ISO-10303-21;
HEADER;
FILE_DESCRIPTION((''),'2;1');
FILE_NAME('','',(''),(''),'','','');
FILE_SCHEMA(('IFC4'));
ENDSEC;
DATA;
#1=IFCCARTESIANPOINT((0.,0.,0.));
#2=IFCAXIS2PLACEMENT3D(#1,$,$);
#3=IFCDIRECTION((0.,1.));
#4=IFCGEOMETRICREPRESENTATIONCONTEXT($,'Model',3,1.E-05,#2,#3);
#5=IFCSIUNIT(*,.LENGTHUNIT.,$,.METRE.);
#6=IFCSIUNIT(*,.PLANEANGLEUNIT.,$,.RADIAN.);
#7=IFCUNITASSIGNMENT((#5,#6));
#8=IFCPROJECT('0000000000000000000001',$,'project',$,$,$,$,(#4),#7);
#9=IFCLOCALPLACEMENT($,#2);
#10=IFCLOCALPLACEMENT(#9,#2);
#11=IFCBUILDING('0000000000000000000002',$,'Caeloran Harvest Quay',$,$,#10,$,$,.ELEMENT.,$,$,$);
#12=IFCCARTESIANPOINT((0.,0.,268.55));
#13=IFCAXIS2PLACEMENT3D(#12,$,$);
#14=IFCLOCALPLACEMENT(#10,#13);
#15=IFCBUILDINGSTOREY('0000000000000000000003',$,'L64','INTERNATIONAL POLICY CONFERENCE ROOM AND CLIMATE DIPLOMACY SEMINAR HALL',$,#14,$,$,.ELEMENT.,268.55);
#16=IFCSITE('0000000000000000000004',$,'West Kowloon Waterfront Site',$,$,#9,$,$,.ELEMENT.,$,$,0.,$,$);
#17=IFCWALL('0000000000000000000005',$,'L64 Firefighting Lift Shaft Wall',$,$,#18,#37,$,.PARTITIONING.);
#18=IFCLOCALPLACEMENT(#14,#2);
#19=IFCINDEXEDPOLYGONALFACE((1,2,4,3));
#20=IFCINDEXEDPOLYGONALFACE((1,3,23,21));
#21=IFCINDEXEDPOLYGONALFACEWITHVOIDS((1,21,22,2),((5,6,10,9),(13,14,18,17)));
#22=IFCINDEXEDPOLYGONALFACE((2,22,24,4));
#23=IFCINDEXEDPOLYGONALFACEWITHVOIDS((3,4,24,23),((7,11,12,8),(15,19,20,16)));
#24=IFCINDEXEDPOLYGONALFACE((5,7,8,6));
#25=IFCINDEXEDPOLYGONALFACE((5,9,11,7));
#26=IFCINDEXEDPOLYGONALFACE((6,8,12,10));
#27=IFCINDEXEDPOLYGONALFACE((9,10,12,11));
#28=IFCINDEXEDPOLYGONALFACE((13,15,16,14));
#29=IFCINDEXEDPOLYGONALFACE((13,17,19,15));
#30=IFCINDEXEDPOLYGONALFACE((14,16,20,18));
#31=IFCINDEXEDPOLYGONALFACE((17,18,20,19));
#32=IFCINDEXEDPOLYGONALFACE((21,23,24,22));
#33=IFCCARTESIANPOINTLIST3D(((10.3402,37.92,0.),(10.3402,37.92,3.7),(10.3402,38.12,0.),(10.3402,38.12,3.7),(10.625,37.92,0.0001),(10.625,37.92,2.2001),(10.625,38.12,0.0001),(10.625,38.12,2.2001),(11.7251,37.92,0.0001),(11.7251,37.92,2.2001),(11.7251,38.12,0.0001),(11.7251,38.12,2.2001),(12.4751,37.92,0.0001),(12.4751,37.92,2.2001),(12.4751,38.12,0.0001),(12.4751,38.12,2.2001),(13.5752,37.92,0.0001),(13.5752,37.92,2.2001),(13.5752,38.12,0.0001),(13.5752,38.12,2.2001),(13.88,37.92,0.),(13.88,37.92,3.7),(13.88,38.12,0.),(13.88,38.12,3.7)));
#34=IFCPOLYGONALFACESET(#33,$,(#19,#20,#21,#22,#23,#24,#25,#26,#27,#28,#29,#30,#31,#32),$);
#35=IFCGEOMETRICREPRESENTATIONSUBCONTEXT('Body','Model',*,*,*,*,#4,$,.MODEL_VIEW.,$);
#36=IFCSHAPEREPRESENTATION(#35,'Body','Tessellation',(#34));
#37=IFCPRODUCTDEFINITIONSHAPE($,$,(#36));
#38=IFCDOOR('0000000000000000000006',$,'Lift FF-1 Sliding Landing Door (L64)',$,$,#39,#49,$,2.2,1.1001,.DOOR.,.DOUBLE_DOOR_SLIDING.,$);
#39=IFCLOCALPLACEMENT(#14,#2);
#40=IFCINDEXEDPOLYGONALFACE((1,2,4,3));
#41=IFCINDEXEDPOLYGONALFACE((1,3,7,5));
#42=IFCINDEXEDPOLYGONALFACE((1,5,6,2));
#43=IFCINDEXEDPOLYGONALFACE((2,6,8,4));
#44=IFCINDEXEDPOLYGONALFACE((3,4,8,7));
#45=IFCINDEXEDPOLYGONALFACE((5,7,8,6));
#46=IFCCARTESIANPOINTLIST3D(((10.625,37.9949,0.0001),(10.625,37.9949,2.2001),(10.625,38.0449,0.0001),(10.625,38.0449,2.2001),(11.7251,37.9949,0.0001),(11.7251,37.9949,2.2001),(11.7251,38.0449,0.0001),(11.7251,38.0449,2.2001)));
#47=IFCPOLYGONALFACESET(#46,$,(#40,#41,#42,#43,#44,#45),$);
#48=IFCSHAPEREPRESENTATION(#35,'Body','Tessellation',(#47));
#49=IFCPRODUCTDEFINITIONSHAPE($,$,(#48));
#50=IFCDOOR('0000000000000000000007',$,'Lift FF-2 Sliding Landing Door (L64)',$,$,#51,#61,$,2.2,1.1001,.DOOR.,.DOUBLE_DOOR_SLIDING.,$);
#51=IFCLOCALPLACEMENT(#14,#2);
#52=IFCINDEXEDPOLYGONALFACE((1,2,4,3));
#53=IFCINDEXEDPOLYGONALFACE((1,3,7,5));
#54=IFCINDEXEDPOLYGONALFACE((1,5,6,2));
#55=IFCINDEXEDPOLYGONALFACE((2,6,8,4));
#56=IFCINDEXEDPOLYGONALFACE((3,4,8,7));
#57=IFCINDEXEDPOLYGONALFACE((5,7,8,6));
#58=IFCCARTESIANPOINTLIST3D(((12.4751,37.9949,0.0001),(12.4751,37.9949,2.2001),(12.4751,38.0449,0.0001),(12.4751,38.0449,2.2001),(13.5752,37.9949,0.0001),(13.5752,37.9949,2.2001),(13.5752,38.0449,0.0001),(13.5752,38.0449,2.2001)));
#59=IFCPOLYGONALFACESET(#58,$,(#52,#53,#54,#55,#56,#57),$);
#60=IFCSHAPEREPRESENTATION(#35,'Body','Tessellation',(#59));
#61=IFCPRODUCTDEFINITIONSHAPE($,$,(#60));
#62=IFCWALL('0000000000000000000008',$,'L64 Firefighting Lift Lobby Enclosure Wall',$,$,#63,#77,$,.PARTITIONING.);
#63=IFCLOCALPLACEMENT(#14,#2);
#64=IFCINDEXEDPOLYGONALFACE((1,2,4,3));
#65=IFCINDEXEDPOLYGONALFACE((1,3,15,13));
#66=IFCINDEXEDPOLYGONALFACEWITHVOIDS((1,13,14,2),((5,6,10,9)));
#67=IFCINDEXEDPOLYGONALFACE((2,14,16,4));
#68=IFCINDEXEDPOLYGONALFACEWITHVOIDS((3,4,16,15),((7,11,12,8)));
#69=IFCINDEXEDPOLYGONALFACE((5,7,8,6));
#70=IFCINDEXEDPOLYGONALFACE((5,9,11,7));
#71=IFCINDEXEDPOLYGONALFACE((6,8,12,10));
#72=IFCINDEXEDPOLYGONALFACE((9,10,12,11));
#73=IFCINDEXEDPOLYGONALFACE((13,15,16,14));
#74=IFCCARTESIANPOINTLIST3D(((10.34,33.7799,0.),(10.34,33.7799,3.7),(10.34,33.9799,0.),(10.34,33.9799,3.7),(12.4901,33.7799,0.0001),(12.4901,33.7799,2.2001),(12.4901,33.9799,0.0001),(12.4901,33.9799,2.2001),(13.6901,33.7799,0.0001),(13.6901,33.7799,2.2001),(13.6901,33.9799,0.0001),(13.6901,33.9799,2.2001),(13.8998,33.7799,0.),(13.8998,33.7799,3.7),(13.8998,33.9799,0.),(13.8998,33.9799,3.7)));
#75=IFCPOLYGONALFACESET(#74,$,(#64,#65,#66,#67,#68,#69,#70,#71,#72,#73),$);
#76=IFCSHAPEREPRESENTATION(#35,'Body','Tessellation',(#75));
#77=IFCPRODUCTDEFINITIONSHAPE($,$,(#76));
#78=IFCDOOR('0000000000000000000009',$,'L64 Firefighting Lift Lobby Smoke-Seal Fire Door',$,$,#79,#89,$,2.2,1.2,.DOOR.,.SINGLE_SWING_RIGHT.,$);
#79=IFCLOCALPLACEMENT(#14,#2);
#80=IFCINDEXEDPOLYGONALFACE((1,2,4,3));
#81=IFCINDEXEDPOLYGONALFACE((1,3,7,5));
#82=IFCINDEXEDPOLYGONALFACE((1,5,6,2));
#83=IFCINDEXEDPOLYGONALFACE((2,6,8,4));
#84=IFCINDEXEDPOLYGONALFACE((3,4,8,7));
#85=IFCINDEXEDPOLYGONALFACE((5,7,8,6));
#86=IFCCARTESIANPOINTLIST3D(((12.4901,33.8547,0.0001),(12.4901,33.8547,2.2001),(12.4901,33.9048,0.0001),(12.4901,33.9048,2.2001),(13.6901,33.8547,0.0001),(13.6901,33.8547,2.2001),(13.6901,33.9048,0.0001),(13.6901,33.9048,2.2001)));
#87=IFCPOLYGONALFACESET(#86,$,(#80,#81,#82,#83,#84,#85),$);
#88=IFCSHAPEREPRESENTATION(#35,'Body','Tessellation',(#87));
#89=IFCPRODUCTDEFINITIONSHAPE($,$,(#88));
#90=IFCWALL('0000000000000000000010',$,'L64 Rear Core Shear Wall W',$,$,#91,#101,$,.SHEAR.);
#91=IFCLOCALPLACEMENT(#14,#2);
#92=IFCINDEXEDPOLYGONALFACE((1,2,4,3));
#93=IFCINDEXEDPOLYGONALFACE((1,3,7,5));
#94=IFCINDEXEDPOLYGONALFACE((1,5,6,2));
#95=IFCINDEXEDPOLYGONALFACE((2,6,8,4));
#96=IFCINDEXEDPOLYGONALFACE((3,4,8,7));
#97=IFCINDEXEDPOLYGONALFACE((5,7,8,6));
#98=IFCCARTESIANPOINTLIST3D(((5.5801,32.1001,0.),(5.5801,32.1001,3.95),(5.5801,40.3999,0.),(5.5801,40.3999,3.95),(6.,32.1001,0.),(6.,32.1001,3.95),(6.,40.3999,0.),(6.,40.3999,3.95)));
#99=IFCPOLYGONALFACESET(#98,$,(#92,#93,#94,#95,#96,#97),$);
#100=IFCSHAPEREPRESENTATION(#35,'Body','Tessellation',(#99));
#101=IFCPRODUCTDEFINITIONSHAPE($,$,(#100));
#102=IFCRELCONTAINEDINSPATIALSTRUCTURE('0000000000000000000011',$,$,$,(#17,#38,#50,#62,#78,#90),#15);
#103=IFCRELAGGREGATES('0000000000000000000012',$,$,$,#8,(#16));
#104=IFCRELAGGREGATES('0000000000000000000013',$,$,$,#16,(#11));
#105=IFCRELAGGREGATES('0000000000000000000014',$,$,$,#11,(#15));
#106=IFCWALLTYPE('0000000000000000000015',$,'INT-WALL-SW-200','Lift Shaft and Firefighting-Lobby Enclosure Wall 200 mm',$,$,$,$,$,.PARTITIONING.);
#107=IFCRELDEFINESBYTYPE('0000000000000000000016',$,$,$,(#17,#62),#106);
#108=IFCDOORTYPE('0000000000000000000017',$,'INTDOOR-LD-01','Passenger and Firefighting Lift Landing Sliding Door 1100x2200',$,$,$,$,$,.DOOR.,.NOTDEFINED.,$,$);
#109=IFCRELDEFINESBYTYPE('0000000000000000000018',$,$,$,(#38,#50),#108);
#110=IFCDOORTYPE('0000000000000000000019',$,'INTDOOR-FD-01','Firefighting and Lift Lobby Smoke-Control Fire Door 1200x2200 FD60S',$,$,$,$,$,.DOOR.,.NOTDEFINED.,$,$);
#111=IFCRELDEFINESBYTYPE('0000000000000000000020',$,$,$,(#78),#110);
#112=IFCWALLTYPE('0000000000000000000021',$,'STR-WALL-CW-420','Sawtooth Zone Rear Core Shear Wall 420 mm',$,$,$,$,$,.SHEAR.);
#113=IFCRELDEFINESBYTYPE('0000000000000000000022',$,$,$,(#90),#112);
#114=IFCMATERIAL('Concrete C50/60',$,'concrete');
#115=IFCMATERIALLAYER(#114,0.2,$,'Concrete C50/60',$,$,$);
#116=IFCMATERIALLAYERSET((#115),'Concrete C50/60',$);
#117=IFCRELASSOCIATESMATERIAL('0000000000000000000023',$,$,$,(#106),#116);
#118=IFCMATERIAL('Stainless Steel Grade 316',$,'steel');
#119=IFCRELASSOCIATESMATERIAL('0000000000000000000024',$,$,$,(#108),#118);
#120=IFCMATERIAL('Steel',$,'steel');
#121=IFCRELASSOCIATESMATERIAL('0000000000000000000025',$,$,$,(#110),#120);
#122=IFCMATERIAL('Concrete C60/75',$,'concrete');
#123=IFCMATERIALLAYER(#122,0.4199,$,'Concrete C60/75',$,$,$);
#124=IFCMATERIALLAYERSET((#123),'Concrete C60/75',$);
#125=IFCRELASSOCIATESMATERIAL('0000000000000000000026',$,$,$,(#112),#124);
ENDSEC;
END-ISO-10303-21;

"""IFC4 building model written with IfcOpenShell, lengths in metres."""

from ifc_helpers import new_model, si_unit, direction, frame, frame_2d, origin, place, context, subcontext, project, spatial, rectangle, extrude, material, layer, layer_set, type_object, element, fill, save


model = new_model("IFC4")

# Units and contexts
model_context = context("Model", 3, precision=1e-05, world=origin(), true_north=direction((0.0, 1.0)))
body_context = subcontext(model_context, "Body", "Model", "MODEL_VIEW")
ifc_project = project(units=[si_unit("LENGTHUNIT", "METRE"), si_unit("PLANEANGLEUNIT", "RADIAN")], contexts=[model_context])

# Site, building, storey
site_placement = place(None, origin())
site = spatial("IfcSite", under=ifc_project, at=site_placement, Name="West Kowloon Waterfront Site", CompositionType="ELEMENT", RefElevation=0.0)
building_placement = place(site_placement, origin())
building = spatial("IfcBuilding", under=site, at=building_placement, Name="Caeloran Harvest Quay", CompositionType="ELEMENT")
storey_placement = place(building_placement, frame((0.0, 0.0, 268.55)))
storey = spatial("IfcBuildingStorey", under=building, at=storey_placement, Name="L64", Description="INTERNATIONAL POLICY CONFERENCE ROOM AND CLIMATE DIPLOMACY SEMINAR HALL", CompositionType="ELEMENT", Elevation=268.55)

# Shared definitions
ifc_material_1 = material(Name="Concrete C60/75", Category="concrete")

# Shared definitions
ifc_material_2 = material(Name="Concrete C50/60", Category="concrete")
ifc_layer_1 = layer(ifc_material_2, 0.2, Name="Concrete C50/60")
ifc_layer_set_1 = layer_set([ifc_layer_1], Name="Concrete C50/60")
wall_type_1 = type_object("IfcWallType", Name="INT-WALL-SW-200", Description="Lift Shaft and Firefighting-Lobby Enclosure Wall 200 mm", PredefinedType="PARTITIONING", material=ifc_layer_set_1)
ifc_material_3 = material(Name="Stainless Steel Grade 316", Category="steel")
door_type_1 = type_object("IfcDoorType", Name="INTDOOR-LD-01", Description="Passenger and Firefighting Lift Landing Sliding Door 1100x2200", OperationType="NOTDEFINED", PredefinedType="DOOR", material=ifc_material_3)

# Wall, openings, doors
wall_1_placement = place(storey_placement, frame((10.3401, 38.02, 0.0), z_axis=(0.0, 0.0, 1.0), x_axis=(1.0, 0.0, 0.0)))
wall_1 = element("IfcWall", 1, at=wall_1_placement, inside=storey, type_object=wall_type_1, Name="L64 Firefighting Lift Shaft Wall", PredefinedType="PARTITIONING", context=body_context, shape_type="SweptSolid", body=[
    extrude(rectangle(XDim=3.5398, YDim=0.2, at=frame_2d((1.77, 0.0))), origin(), (0.0, 0.0, 1.0), 3.7),
])
opening_1_placement = place(wall_1_placement, frame((0.2849, 0.0, 0.0)))
opening_1 = element("IfcOpeningElement", 2, at=opening_1_placement, cuts=wall_1, PredefinedType="OPENING", context=body_context, shape_type="SweptSolid", body=[
    extrude(rectangle(XDim=1.1001, YDim=2.2, at=frame_2d((0.55, 1.1001))), frame((0.0, 0.1099, 0.0), z_axis=(0.0, -1.0, 0.0), x_axis=(1.0, 0.0, 0.0)), (0.0, 0.0, 1.0), 0.22),
])
opening_2_placement = place(wall_1_placement, frame((2.135, 0.0, 0.0)))
opening_2 = element("IfcOpeningElement", 3, at=opening_2_placement, cuts=wall_1, PredefinedType="OPENING", context=body_context, shape_type="SweptSolid", body=[
    extrude(rectangle(XDim=1.1001, YDim=2.2, at=frame_2d((0.55, 1.1001))), frame((0.0, 0.1099, 0.0), z_axis=(0.0, -1.0, 0.0), x_axis=(1.0, 0.0, 0.0)), (0.0, 0.0, 1.0), 0.22),
])
door_1_placement = place(opening_1_placement, origin())
door_1 = element("IfcDoor", 4, at=door_1_placement, inside=storey, type_object=door_type_1, Name="Lift FF-1 Sliding Landing Door (L64)", OperationType="DOUBLE_DOOR_SLIDING", OverallHeight=2.2, OverallWidth=1.1001, PredefinedType="DOOR", context=body_context, shape_type="SweptSolid", body=[
    extrude(rectangle(XDim=1.1001, YDim=2.2, at=frame_2d((0.55, 1.1001))), frame((0.0, 0.0249, 0.0), z_axis=(0.0, -1.0, 0.0), x_axis=(1.0, 0.0, 0.0)), (0.0, 0.0, 1.0), 0.05),
])
fill(opening_1, door_1)
door_2_placement = place(opening_2_placement, origin())
door_2 = element("IfcDoor", 5, at=door_2_placement, inside=storey, type_object=door_type_1, Name="Lift FF-2 Sliding Landing Door (L64)", OperationType="DOUBLE_DOOR_SLIDING", OverallHeight=2.2, OverallWidth=1.1001, PredefinedType="DOOR", context=body_context, shape_type="SweptSolid", body=[
    extrude(rectangle(XDim=1.1001, YDim=2.2, at=frame_2d((0.55, 1.1001))), frame((0.0, 0.0249, 0.0), z_axis=(0.0, -1.0, 0.0), x_axis=(1.0, 0.0, 0.0)), (0.0, 0.0, 1.0), 0.05),
])
fill(opening_2, door_2)

# Wall, opening, door
wall_2_placement = place(storey_placement, frame((10.3401, 33.8799, 0.0), z_axis=(0.0, 0.0, 1.0), x_axis=(1.0, 0.0, 0.0)))
wall_2 = element("IfcWall", 6, at=wall_2_placement, inside=storey, type_object=wall_type_1, Name="L64 Firefighting Lift Lobby Enclosure Wall", PredefinedType="PARTITIONING", context=body_context, shape_type="SweptSolid", body=[
    extrude(rectangle(XDim=3.5598, YDim=0.2, at=frame_2d((1.7798, 0.0))), origin(), (0.0, 0.0, 1.0), 3.7),
])
opening_3_placement = place(wall_2_placement, frame((2.1499, 0.0, 0.0)))
opening_3 = element("IfcOpeningElement", 7, at=opening_3_placement, cuts=wall_2, PredefinedType="OPENING", context=body_context, shape_type="SweptSolid", body=[
    extrude(rectangle(XDim=1.2, YDim=2.2, at=frame_2d((0.6001, 1.1001))), frame((0.0, 0.1099, 0.0), z_axis=(0.0, -1.0, 0.0), x_axis=(1.0, 0.0, 0.0)), (0.0, 0.0, 1.0), 0.22),
])
ifc_material_4 = material(Name="Steel", Category="steel")
door_type_2 = type_object("IfcDoorType", Name="INTDOOR-FD-01", Description="Firefighting and Lift Lobby Smoke-Control Fire Door 1200x2200 FD60S", OperationType="NOTDEFINED", PredefinedType="DOOR", material=ifc_material_4)
door_3_placement = place(opening_3_placement, origin())
door_3 = element("IfcDoor", 8, at=door_3_placement, inside=storey, type_object=door_type_2, Name="L64 Firefighting Lift Lobby Smoke-Seal Fire Door", OperationType="SINGLE_SWING_RIGHT", OverallHeight=2.2, OverallWidth=1.2, PredefinedType="DOOR", context=body_context, shape_type="SweptSolid", body=[
    extrude(rectangle(XDim=1.2, YDim=2.2, at=frame_2d((0.6001, 1.1001))), frame((0.0, 0.0249, 0.0), z_axis=(0.0, -1.0, 0.0), x_axis=(1.0, 0.0, 0.0)), (0.0, 0.0, 1.0), 0.05),
])
fill(opening_3, door_3)

# Wall
ifc_layer_2 = layer(ifc_material_1, 0.4199, Name="Concrete C60/75")
ifc_layer_set_2 = layer_set([ifc_layer_2], Name="Concrete C60/75")
wall_type_2 = type_object("IfcWallType", Name="STR-WALL-CW-420", Description="Sawtooth Zone Rear Core Shear Wall 420 mm", PredefinedType="SHEAR", material=ifc_layer_set_2)
wall_3_placement = place(storey_placement, frame((5.79, 32.1001, 0.0), z_axis=(0.0, 0.0, 1.0), x_axis=(0.0, 1.0, 0.0)))
element("IfcWall", 9, at=wall_3_placement, inside=storey, type_object=wall_type_2, Name="L64 Rear Core Shear Wall W", PredefinedType="SHEAR", context=body_context, shape_type="SweptSolid", body=[
    extrude(rectangle(XDim=8.2998, YDim=0.4199, at=frame_2d((4.1499, 0.0))), origin(), (0.0, 0.0, 1.0), 3.95),
])

save(model, "model.ifc")
